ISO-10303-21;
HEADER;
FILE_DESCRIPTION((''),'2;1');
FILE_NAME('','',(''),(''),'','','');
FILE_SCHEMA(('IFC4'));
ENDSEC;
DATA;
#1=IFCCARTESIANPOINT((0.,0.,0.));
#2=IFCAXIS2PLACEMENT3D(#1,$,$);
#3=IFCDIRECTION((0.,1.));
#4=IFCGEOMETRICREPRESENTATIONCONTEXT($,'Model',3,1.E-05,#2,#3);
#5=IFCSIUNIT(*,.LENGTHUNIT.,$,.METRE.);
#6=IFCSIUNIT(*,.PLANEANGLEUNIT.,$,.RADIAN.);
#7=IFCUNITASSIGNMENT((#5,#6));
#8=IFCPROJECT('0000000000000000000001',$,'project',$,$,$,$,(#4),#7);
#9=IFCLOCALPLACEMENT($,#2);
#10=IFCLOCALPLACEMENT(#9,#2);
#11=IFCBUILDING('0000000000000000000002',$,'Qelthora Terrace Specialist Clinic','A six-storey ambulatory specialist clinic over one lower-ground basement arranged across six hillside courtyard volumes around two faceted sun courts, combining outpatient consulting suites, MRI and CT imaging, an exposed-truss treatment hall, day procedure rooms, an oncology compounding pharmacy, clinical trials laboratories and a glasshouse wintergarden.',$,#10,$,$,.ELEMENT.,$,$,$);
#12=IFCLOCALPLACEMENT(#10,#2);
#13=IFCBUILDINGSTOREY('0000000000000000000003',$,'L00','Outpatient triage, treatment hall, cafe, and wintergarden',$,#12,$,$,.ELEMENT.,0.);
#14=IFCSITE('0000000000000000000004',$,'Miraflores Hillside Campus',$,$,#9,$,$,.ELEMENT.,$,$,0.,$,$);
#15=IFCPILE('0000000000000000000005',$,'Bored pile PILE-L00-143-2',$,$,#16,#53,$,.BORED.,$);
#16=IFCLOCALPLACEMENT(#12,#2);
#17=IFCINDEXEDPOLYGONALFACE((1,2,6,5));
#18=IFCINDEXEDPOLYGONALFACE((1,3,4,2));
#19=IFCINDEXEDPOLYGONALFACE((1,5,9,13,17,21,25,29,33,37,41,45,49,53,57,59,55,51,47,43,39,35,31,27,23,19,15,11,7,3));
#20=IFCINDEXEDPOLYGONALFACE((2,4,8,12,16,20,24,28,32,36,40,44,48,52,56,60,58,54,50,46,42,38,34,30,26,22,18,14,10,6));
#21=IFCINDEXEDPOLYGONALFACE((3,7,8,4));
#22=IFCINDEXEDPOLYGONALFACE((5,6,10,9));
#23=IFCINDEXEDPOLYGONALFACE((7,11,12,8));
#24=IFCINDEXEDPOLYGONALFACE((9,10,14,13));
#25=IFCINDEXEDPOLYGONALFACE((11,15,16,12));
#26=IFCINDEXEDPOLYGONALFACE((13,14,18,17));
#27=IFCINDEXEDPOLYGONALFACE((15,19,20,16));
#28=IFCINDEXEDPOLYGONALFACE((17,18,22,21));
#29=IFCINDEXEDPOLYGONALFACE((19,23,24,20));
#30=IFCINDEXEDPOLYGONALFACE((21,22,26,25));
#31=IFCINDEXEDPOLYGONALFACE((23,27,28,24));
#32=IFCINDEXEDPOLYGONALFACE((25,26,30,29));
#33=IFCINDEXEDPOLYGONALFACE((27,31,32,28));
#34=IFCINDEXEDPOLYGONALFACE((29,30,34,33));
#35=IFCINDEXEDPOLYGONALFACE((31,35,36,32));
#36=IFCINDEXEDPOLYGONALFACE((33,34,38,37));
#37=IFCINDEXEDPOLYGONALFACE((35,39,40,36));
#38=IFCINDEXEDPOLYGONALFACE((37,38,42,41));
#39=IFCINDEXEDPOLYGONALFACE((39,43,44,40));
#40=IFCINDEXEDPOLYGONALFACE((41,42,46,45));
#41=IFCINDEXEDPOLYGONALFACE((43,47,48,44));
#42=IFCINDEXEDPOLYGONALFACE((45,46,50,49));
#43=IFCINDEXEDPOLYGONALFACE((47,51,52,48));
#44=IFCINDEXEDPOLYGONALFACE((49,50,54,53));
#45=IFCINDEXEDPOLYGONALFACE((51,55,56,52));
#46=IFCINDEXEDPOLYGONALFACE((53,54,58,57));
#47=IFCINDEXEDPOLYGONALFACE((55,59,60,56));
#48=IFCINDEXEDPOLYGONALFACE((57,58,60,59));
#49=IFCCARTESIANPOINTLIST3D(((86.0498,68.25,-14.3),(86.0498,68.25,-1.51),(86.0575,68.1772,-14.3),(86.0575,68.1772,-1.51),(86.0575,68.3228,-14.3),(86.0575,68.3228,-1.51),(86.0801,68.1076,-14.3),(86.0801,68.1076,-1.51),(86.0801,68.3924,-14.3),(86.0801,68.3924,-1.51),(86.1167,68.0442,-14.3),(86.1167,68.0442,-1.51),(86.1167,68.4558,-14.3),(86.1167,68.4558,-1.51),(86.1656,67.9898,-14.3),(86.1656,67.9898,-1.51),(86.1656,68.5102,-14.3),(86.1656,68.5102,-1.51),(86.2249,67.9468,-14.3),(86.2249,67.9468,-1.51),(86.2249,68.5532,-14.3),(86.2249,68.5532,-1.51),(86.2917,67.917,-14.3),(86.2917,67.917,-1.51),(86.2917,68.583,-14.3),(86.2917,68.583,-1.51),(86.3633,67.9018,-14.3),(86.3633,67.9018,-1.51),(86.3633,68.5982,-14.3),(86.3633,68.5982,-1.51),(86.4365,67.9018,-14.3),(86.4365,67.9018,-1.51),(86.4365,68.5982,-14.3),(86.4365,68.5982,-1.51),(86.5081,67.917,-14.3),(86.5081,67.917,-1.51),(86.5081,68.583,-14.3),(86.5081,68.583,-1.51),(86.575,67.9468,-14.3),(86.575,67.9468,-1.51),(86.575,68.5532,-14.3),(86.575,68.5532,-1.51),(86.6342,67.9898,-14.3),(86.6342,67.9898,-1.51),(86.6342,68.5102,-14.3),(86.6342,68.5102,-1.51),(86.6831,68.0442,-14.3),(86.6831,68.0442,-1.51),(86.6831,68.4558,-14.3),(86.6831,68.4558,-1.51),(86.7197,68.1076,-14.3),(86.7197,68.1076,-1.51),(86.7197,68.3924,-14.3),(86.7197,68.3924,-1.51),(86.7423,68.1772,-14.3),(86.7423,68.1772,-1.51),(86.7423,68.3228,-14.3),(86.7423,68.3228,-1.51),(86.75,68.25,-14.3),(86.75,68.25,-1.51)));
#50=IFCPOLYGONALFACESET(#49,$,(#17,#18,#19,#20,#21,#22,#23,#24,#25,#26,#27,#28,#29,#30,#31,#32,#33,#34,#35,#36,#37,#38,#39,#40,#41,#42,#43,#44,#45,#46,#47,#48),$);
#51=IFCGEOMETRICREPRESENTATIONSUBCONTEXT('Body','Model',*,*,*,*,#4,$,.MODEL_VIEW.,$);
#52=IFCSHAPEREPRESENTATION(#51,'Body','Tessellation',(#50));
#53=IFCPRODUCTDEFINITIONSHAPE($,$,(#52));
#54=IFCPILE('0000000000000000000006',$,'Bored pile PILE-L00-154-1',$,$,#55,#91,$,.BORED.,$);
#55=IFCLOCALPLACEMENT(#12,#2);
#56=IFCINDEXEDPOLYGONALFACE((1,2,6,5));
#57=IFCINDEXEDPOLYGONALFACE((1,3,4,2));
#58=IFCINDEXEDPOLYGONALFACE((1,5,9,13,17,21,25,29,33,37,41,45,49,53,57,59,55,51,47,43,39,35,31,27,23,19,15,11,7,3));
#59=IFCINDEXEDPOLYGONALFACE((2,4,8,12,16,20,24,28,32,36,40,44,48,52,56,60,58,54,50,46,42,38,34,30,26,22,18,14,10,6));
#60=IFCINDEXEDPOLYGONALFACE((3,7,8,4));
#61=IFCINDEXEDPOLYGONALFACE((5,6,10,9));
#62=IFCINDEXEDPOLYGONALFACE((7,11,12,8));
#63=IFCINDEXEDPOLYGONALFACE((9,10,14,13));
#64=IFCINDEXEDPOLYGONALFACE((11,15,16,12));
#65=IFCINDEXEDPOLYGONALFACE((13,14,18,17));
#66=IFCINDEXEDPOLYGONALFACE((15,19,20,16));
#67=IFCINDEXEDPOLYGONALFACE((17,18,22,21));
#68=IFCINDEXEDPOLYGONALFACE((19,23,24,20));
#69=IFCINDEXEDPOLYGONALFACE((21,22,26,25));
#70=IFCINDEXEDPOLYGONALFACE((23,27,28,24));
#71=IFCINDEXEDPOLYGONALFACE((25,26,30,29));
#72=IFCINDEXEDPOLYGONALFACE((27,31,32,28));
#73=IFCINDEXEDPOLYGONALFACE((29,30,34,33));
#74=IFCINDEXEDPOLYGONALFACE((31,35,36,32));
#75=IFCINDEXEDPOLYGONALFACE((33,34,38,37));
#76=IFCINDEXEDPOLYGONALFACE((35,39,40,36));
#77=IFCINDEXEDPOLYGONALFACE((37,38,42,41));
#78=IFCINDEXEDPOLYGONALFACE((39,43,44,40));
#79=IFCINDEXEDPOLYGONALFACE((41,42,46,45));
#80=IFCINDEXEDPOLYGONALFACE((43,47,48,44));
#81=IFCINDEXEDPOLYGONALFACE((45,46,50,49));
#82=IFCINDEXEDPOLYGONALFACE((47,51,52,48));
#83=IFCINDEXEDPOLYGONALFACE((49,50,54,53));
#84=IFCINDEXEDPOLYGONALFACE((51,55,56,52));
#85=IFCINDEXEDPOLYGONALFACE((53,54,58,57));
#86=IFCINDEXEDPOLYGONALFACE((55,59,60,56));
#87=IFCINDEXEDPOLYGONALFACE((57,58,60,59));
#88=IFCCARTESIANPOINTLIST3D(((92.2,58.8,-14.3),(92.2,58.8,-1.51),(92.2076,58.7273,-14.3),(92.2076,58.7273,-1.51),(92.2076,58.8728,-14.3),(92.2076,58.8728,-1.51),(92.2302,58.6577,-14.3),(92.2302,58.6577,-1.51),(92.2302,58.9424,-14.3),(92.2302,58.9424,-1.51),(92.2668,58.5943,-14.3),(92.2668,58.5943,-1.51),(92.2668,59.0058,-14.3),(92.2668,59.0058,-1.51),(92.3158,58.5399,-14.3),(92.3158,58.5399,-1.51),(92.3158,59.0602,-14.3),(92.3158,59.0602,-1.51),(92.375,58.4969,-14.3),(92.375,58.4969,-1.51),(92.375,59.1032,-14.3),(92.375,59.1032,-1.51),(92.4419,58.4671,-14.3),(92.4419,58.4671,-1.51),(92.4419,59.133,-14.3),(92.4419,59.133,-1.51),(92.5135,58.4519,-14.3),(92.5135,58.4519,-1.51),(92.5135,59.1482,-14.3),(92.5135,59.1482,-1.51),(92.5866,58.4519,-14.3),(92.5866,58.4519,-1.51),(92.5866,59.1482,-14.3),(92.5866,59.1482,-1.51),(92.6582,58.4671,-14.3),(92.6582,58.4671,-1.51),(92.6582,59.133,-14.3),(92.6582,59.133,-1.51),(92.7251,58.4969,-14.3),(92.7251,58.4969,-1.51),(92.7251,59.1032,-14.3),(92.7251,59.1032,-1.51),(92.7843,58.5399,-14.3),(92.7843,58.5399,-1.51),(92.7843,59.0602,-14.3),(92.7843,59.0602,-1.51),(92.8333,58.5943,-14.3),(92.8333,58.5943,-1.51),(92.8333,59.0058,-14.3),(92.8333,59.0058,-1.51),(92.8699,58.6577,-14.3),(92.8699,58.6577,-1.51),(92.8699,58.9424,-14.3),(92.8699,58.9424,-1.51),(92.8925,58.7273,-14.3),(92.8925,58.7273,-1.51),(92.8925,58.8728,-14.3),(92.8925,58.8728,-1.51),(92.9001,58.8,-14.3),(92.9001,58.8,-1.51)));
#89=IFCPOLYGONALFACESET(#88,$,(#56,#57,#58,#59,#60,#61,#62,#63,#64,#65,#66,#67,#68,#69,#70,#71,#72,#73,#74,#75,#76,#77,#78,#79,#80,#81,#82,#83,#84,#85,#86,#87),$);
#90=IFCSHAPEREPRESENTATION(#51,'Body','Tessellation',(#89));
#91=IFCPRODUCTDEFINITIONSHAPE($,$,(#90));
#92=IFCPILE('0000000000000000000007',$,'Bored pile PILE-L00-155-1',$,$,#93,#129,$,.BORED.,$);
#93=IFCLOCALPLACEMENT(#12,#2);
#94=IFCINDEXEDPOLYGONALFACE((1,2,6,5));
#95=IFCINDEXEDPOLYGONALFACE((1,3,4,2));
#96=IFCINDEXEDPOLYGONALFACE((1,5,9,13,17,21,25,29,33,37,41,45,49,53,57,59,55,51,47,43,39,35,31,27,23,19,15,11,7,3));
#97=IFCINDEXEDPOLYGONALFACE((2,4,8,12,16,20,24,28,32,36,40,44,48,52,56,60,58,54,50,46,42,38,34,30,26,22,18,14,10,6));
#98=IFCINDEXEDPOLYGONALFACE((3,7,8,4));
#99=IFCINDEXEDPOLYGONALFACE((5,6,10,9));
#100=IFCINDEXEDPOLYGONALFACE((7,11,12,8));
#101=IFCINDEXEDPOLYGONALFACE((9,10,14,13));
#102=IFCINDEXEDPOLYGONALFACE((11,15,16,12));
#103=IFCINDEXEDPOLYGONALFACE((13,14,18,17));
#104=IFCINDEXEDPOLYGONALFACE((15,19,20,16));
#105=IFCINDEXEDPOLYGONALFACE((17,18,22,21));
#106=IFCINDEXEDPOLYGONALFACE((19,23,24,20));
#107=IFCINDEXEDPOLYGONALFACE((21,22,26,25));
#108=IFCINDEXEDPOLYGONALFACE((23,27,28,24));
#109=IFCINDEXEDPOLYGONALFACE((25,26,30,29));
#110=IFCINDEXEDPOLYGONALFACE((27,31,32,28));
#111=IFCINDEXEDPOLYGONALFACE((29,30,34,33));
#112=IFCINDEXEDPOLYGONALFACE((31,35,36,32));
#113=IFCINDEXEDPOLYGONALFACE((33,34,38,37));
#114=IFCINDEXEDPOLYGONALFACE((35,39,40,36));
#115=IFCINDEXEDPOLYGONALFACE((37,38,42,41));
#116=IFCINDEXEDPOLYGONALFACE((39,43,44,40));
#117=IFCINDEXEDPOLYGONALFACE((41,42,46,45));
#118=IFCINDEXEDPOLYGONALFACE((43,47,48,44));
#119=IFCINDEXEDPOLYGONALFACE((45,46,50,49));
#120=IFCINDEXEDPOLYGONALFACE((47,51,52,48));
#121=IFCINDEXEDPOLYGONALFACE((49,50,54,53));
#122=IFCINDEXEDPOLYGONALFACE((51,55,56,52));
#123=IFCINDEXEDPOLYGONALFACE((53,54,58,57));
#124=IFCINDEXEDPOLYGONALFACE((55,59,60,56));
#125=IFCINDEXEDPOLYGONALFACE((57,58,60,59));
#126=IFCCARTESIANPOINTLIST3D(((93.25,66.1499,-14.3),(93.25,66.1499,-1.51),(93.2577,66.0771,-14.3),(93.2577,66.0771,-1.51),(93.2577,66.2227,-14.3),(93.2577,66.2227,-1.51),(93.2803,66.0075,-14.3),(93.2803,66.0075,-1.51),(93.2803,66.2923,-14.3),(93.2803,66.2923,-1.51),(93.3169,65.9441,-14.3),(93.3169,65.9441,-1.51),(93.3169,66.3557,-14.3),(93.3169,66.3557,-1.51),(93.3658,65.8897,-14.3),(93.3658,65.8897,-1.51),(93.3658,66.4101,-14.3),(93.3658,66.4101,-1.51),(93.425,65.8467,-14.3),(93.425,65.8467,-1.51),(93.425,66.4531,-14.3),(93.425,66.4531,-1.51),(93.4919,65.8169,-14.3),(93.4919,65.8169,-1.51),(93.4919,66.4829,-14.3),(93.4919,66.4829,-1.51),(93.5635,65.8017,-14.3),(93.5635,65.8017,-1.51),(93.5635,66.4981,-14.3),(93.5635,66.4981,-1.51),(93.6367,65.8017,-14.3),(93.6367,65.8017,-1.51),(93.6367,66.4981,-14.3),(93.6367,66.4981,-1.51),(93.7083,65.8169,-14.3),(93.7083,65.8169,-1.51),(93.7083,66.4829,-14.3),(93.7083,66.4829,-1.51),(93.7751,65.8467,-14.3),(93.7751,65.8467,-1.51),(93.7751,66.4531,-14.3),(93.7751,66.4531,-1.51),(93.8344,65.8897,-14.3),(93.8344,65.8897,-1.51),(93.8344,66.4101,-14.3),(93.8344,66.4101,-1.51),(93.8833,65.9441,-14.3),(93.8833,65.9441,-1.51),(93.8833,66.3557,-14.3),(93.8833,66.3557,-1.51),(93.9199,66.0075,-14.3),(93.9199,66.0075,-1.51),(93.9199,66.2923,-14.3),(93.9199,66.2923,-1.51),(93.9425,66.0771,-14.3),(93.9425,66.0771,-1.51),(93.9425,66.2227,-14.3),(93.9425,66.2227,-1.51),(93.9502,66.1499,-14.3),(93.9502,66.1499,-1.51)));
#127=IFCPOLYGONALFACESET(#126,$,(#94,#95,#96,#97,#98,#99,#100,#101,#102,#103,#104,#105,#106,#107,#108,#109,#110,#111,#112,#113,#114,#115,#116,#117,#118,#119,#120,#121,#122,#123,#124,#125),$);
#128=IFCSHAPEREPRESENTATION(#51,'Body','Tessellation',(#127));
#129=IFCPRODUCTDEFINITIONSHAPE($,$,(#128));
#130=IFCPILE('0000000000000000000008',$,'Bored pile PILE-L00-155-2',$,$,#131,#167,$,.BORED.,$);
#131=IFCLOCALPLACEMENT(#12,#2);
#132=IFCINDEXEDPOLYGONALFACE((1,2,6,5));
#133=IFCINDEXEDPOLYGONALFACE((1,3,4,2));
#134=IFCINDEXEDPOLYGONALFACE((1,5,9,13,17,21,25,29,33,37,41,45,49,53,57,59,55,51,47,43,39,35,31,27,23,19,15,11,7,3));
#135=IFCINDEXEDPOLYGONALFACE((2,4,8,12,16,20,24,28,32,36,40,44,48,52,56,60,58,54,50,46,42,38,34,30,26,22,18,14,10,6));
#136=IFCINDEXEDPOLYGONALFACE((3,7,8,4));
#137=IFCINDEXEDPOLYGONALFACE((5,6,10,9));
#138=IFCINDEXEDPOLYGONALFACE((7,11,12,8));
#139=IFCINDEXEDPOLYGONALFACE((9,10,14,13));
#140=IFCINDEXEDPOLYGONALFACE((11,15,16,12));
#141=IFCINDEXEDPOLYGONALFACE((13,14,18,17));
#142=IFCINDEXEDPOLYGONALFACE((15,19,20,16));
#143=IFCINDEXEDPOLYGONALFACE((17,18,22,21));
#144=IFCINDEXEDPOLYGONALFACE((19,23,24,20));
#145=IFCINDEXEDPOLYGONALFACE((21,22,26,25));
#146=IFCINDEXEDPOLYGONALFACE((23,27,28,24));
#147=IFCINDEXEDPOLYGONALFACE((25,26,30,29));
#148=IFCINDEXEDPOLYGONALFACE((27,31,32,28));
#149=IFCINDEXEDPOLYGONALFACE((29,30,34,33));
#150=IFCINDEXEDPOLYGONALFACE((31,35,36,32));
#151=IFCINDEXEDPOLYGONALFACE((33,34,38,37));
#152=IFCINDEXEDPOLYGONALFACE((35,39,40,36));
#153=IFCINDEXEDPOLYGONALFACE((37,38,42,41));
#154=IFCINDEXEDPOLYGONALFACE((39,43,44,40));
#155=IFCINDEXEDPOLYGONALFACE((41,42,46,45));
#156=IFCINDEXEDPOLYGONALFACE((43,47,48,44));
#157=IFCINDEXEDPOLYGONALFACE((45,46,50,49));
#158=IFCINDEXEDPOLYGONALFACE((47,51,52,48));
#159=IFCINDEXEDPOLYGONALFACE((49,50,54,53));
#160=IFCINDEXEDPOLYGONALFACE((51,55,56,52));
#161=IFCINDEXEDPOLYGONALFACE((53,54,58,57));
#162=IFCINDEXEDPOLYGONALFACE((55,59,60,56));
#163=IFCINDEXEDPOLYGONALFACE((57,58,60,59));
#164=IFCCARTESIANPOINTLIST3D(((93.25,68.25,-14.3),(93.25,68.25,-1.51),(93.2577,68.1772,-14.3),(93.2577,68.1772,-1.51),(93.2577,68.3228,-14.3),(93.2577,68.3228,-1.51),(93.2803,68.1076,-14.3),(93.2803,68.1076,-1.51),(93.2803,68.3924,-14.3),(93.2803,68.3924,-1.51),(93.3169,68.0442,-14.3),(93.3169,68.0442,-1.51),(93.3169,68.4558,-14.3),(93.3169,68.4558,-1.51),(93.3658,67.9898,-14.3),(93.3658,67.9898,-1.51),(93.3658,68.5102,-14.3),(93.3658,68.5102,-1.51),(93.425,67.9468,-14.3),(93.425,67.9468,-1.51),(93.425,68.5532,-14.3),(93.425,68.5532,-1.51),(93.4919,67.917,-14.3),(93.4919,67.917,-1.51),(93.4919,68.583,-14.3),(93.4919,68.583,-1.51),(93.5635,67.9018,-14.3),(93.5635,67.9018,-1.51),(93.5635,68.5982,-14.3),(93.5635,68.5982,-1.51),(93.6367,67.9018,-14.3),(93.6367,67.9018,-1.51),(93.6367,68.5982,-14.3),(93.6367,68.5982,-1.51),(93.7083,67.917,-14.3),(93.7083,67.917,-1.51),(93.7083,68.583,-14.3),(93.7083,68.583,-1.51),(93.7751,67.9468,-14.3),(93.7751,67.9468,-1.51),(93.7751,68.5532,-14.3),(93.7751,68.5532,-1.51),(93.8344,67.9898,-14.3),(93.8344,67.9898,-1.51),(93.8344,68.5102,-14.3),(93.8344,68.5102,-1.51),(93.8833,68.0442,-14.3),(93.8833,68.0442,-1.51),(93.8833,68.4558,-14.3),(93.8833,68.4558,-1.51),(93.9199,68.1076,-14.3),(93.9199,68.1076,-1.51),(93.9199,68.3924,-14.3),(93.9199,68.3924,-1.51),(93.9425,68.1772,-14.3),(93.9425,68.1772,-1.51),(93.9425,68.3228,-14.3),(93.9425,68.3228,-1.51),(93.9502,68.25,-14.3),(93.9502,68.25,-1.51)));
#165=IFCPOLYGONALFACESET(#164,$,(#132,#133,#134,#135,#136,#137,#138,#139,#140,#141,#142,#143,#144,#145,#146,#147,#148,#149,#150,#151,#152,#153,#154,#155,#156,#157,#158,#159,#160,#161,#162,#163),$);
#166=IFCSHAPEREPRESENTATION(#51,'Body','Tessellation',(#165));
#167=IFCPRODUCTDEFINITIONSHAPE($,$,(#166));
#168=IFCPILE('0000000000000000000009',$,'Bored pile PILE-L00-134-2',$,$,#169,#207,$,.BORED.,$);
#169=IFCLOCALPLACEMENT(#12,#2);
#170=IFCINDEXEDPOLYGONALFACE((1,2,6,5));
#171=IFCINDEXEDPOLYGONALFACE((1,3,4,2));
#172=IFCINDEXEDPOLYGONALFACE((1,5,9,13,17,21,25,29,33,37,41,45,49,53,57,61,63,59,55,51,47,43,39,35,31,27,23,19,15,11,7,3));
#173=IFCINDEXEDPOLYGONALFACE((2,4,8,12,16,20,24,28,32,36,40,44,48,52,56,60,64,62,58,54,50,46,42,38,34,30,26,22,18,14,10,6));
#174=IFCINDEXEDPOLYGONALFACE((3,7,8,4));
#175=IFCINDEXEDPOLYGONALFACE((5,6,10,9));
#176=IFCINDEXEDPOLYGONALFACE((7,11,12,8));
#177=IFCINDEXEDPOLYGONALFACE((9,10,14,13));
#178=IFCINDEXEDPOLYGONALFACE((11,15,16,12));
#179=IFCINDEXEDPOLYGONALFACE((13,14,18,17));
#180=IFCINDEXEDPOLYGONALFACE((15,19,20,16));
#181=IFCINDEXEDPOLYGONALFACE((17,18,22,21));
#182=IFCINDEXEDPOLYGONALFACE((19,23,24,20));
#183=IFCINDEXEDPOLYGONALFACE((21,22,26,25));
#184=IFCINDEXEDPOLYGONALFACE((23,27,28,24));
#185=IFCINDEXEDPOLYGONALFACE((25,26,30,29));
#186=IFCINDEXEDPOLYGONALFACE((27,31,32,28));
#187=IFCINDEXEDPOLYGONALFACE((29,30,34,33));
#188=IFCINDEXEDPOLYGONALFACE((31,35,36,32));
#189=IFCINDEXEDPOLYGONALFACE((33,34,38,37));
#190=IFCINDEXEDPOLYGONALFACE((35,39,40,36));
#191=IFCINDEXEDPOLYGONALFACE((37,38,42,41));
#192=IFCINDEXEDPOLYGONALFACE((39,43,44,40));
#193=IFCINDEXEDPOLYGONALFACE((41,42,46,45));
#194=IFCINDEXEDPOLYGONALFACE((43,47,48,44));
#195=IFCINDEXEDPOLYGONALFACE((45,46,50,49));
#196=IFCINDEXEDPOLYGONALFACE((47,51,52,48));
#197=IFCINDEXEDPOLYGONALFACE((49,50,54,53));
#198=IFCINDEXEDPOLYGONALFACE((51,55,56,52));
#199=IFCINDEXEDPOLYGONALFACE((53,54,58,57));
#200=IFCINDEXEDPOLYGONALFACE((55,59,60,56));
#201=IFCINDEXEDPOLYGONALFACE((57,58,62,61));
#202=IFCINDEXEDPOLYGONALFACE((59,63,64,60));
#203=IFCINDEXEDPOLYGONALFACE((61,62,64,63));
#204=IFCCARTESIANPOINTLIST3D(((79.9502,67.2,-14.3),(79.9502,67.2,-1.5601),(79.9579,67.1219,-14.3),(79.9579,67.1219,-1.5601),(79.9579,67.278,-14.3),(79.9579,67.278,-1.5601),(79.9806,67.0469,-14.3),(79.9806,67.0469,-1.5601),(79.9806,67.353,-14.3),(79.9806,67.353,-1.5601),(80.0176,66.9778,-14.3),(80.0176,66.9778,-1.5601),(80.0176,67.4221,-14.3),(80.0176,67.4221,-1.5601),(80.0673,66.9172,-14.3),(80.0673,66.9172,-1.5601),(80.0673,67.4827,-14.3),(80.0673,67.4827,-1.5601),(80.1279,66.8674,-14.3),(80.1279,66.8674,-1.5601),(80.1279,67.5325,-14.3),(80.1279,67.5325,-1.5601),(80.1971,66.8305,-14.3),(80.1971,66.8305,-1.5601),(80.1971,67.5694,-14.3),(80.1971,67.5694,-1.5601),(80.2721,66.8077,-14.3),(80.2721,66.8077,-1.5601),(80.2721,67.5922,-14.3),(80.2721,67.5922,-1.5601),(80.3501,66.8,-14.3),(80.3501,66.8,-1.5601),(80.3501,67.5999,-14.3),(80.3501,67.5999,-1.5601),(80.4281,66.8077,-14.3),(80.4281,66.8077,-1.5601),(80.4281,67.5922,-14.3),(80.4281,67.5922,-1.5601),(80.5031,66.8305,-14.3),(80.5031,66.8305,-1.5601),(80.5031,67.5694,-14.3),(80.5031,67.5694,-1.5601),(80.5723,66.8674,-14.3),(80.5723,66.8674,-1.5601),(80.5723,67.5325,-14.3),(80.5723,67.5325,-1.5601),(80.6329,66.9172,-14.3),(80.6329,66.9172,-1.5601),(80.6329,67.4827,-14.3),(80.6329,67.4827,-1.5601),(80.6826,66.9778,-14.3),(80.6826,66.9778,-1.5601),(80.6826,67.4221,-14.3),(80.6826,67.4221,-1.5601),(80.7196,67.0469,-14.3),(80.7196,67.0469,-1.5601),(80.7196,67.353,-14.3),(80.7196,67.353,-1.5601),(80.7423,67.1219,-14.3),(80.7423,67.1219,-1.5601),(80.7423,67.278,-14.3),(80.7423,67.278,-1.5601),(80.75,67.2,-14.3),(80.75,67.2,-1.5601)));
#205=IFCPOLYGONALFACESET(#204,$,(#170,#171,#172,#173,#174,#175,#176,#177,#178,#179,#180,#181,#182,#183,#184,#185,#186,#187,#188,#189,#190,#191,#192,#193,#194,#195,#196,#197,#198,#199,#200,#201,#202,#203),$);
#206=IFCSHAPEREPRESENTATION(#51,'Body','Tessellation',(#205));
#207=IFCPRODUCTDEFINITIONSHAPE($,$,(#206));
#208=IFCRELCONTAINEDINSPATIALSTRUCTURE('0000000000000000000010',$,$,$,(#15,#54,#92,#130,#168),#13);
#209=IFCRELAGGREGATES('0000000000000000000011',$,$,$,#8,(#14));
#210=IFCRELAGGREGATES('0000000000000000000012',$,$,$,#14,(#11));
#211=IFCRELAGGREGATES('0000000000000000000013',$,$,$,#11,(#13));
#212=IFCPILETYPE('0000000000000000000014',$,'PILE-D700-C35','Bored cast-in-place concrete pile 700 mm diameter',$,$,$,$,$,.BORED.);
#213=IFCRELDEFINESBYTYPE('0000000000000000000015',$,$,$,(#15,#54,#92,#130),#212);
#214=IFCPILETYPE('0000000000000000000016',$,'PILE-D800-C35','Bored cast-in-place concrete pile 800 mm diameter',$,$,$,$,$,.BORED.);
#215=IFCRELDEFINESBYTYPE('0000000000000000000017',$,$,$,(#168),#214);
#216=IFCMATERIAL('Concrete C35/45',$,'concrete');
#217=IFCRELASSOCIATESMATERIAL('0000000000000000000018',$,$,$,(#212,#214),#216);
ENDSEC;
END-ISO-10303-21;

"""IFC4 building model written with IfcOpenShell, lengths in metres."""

from ifc_helpers import new_model, si_unit, direction, frame, origin, origin_2d, place, context, subcontext, project, spatial, circle, extrude, material, material_profile, profile_set, type_object, element, save


model = new_model("IFC4")

# Units and contexts
model_context = context("Model", 3, precision=1e-05, world=origin(), true_north=direction((0.0, 1.0)))
body_context = subcontext(model_context, "Body", "Model", "MODEL_VIEW")
ifc_project = project(units=[si_unit("LENGTHUNIT", "METRE"), si_unit("PLANEANGLEUNIT", "RADIAN")], contexts=[model_context])

# Site, building, storey
site_placement = place(None, origin())
site = spatial("IfcSite", under=ifc_project, at=site_placement, Name="Miraflores Hillside Campus", CompositionType="ELEMENT", RefElevation=0.0)
building_placement = place(site_placement, origin())
building = spatial("IfcBuilding", under=site, at=building_placement, Name="Qelthora Terrace Specialist Clinic", Description="A six-storey ambulatory specialist clinic over one lower-ground basement arranged across six hillside courtyard volumes around two faceted sun courts, combining outpatient consulting suites, MRI and CT imaging, an exposed-truss treatment hall, day procedure rooms, an oncology compounding pharmacy, clinical trials laboratories and a glasshouse wintergarden.", CompositionType="ELEMENT")
storey_placement = place(building_placement, origin())
storey = spatial("IfcBuildingStorey", under=building, at=storey_placement, Name="L00", Description="Outpatient triage, treatment hall, cafe, and wintergarden", CompositionType="ELEMENT", Elevation=0.0)

# Shared definitions
ifc_material_1 = material(Name="Concrete C35/45", Category="concrete")

# Piles
ifc_material_profile_1 = material_profile(ifc_material_1, circle(Radius=0.3501, at=origin_2d()), Name="PILE700")
ifc_profile_set_1 = profile_set([ifc_material_profile_1], Name="Concrete C35/45")
pile_type_1 = type_object("IfcPileType", Name="PILE-D700-C35", Description="Bored cast-in-place concrete pile 700 mm diameter", PredefinedType="BORED", material=ifc_profile_set_1)
for number, where, z_axis, x_axis, name in (
    (1, (86.3999, 68.25, -1.51), (0.0, 0.0, -1.0), (1.0, 0.0, 0.0), "Bored pile PILE-L00-143-2"),
    (2, (92.55, 58.8, -1.51), (0.0, 0.0, -1.0), (1.0, 0.0, 0.0), "Bored pile PILE-L00-154-1"),
    (3, (93.6001, 66.1499, -1.51), (0.0, 0.0, -1.0), (1.0, 0.0, 0.0), "Bored pile PILE-L00-155-1"),
    (4, (93.6001, 68.25, -1.51), (0.0, 0.0, -1.0), (1.0, 0.0, 0.0), "Bored pile PILE-L00-155-2"),
):
    element("IfcPile", number, at=place(storey_placement, frame(where, z_axis=z_axis, x_axis=x_axis)), inside=storey, type_object=pile_type_1, Name=name, PredefinedType="BORED", context=body_context, shape_type="SweptSolid", body=[
        extrude(circle(Radius=0.3501, at=origin_2d()), origin(), (0.0, 0.0, 1.0), 12.79),
    ])
ifc_material_profile_2 = material_profile(ifc_material_1, circle(Radius=0.3999, at=origin_2d()), Name="PILE800")
ifc_profile_set_2 = profile_set([ifc_material_profile_2], Name="Concrete C35/45")
pile_type_2 = type_object("IfcPileType", Name="PILE-D800-C35", Description="Bored cast-in-place concrete pile 800 mm diameter", PredefinedType="BORED", material=ifc_profile_set_2)
pile_1_placement = place(storey_placement, frame((80.3501, 67.2, -1.5601), z_axis=(0.0, 0.0, -1.0), x_axis=(1.0, 0.0, 0.0)))
element("IfcPile", 5, at=pile_1_placement, inside=storey, type_object=pile_type_2, Name="Bored pile PILE-L00-134-2", PredefinedType="BORED", context=body_context, shape_type="SweptSolid", body=[
    extrude(circle(Radius=0.3999, at=origin_2d()), origin(), (0.0, 0.0, 1.0), 12.74),
])

save(model, "model.ifc")
